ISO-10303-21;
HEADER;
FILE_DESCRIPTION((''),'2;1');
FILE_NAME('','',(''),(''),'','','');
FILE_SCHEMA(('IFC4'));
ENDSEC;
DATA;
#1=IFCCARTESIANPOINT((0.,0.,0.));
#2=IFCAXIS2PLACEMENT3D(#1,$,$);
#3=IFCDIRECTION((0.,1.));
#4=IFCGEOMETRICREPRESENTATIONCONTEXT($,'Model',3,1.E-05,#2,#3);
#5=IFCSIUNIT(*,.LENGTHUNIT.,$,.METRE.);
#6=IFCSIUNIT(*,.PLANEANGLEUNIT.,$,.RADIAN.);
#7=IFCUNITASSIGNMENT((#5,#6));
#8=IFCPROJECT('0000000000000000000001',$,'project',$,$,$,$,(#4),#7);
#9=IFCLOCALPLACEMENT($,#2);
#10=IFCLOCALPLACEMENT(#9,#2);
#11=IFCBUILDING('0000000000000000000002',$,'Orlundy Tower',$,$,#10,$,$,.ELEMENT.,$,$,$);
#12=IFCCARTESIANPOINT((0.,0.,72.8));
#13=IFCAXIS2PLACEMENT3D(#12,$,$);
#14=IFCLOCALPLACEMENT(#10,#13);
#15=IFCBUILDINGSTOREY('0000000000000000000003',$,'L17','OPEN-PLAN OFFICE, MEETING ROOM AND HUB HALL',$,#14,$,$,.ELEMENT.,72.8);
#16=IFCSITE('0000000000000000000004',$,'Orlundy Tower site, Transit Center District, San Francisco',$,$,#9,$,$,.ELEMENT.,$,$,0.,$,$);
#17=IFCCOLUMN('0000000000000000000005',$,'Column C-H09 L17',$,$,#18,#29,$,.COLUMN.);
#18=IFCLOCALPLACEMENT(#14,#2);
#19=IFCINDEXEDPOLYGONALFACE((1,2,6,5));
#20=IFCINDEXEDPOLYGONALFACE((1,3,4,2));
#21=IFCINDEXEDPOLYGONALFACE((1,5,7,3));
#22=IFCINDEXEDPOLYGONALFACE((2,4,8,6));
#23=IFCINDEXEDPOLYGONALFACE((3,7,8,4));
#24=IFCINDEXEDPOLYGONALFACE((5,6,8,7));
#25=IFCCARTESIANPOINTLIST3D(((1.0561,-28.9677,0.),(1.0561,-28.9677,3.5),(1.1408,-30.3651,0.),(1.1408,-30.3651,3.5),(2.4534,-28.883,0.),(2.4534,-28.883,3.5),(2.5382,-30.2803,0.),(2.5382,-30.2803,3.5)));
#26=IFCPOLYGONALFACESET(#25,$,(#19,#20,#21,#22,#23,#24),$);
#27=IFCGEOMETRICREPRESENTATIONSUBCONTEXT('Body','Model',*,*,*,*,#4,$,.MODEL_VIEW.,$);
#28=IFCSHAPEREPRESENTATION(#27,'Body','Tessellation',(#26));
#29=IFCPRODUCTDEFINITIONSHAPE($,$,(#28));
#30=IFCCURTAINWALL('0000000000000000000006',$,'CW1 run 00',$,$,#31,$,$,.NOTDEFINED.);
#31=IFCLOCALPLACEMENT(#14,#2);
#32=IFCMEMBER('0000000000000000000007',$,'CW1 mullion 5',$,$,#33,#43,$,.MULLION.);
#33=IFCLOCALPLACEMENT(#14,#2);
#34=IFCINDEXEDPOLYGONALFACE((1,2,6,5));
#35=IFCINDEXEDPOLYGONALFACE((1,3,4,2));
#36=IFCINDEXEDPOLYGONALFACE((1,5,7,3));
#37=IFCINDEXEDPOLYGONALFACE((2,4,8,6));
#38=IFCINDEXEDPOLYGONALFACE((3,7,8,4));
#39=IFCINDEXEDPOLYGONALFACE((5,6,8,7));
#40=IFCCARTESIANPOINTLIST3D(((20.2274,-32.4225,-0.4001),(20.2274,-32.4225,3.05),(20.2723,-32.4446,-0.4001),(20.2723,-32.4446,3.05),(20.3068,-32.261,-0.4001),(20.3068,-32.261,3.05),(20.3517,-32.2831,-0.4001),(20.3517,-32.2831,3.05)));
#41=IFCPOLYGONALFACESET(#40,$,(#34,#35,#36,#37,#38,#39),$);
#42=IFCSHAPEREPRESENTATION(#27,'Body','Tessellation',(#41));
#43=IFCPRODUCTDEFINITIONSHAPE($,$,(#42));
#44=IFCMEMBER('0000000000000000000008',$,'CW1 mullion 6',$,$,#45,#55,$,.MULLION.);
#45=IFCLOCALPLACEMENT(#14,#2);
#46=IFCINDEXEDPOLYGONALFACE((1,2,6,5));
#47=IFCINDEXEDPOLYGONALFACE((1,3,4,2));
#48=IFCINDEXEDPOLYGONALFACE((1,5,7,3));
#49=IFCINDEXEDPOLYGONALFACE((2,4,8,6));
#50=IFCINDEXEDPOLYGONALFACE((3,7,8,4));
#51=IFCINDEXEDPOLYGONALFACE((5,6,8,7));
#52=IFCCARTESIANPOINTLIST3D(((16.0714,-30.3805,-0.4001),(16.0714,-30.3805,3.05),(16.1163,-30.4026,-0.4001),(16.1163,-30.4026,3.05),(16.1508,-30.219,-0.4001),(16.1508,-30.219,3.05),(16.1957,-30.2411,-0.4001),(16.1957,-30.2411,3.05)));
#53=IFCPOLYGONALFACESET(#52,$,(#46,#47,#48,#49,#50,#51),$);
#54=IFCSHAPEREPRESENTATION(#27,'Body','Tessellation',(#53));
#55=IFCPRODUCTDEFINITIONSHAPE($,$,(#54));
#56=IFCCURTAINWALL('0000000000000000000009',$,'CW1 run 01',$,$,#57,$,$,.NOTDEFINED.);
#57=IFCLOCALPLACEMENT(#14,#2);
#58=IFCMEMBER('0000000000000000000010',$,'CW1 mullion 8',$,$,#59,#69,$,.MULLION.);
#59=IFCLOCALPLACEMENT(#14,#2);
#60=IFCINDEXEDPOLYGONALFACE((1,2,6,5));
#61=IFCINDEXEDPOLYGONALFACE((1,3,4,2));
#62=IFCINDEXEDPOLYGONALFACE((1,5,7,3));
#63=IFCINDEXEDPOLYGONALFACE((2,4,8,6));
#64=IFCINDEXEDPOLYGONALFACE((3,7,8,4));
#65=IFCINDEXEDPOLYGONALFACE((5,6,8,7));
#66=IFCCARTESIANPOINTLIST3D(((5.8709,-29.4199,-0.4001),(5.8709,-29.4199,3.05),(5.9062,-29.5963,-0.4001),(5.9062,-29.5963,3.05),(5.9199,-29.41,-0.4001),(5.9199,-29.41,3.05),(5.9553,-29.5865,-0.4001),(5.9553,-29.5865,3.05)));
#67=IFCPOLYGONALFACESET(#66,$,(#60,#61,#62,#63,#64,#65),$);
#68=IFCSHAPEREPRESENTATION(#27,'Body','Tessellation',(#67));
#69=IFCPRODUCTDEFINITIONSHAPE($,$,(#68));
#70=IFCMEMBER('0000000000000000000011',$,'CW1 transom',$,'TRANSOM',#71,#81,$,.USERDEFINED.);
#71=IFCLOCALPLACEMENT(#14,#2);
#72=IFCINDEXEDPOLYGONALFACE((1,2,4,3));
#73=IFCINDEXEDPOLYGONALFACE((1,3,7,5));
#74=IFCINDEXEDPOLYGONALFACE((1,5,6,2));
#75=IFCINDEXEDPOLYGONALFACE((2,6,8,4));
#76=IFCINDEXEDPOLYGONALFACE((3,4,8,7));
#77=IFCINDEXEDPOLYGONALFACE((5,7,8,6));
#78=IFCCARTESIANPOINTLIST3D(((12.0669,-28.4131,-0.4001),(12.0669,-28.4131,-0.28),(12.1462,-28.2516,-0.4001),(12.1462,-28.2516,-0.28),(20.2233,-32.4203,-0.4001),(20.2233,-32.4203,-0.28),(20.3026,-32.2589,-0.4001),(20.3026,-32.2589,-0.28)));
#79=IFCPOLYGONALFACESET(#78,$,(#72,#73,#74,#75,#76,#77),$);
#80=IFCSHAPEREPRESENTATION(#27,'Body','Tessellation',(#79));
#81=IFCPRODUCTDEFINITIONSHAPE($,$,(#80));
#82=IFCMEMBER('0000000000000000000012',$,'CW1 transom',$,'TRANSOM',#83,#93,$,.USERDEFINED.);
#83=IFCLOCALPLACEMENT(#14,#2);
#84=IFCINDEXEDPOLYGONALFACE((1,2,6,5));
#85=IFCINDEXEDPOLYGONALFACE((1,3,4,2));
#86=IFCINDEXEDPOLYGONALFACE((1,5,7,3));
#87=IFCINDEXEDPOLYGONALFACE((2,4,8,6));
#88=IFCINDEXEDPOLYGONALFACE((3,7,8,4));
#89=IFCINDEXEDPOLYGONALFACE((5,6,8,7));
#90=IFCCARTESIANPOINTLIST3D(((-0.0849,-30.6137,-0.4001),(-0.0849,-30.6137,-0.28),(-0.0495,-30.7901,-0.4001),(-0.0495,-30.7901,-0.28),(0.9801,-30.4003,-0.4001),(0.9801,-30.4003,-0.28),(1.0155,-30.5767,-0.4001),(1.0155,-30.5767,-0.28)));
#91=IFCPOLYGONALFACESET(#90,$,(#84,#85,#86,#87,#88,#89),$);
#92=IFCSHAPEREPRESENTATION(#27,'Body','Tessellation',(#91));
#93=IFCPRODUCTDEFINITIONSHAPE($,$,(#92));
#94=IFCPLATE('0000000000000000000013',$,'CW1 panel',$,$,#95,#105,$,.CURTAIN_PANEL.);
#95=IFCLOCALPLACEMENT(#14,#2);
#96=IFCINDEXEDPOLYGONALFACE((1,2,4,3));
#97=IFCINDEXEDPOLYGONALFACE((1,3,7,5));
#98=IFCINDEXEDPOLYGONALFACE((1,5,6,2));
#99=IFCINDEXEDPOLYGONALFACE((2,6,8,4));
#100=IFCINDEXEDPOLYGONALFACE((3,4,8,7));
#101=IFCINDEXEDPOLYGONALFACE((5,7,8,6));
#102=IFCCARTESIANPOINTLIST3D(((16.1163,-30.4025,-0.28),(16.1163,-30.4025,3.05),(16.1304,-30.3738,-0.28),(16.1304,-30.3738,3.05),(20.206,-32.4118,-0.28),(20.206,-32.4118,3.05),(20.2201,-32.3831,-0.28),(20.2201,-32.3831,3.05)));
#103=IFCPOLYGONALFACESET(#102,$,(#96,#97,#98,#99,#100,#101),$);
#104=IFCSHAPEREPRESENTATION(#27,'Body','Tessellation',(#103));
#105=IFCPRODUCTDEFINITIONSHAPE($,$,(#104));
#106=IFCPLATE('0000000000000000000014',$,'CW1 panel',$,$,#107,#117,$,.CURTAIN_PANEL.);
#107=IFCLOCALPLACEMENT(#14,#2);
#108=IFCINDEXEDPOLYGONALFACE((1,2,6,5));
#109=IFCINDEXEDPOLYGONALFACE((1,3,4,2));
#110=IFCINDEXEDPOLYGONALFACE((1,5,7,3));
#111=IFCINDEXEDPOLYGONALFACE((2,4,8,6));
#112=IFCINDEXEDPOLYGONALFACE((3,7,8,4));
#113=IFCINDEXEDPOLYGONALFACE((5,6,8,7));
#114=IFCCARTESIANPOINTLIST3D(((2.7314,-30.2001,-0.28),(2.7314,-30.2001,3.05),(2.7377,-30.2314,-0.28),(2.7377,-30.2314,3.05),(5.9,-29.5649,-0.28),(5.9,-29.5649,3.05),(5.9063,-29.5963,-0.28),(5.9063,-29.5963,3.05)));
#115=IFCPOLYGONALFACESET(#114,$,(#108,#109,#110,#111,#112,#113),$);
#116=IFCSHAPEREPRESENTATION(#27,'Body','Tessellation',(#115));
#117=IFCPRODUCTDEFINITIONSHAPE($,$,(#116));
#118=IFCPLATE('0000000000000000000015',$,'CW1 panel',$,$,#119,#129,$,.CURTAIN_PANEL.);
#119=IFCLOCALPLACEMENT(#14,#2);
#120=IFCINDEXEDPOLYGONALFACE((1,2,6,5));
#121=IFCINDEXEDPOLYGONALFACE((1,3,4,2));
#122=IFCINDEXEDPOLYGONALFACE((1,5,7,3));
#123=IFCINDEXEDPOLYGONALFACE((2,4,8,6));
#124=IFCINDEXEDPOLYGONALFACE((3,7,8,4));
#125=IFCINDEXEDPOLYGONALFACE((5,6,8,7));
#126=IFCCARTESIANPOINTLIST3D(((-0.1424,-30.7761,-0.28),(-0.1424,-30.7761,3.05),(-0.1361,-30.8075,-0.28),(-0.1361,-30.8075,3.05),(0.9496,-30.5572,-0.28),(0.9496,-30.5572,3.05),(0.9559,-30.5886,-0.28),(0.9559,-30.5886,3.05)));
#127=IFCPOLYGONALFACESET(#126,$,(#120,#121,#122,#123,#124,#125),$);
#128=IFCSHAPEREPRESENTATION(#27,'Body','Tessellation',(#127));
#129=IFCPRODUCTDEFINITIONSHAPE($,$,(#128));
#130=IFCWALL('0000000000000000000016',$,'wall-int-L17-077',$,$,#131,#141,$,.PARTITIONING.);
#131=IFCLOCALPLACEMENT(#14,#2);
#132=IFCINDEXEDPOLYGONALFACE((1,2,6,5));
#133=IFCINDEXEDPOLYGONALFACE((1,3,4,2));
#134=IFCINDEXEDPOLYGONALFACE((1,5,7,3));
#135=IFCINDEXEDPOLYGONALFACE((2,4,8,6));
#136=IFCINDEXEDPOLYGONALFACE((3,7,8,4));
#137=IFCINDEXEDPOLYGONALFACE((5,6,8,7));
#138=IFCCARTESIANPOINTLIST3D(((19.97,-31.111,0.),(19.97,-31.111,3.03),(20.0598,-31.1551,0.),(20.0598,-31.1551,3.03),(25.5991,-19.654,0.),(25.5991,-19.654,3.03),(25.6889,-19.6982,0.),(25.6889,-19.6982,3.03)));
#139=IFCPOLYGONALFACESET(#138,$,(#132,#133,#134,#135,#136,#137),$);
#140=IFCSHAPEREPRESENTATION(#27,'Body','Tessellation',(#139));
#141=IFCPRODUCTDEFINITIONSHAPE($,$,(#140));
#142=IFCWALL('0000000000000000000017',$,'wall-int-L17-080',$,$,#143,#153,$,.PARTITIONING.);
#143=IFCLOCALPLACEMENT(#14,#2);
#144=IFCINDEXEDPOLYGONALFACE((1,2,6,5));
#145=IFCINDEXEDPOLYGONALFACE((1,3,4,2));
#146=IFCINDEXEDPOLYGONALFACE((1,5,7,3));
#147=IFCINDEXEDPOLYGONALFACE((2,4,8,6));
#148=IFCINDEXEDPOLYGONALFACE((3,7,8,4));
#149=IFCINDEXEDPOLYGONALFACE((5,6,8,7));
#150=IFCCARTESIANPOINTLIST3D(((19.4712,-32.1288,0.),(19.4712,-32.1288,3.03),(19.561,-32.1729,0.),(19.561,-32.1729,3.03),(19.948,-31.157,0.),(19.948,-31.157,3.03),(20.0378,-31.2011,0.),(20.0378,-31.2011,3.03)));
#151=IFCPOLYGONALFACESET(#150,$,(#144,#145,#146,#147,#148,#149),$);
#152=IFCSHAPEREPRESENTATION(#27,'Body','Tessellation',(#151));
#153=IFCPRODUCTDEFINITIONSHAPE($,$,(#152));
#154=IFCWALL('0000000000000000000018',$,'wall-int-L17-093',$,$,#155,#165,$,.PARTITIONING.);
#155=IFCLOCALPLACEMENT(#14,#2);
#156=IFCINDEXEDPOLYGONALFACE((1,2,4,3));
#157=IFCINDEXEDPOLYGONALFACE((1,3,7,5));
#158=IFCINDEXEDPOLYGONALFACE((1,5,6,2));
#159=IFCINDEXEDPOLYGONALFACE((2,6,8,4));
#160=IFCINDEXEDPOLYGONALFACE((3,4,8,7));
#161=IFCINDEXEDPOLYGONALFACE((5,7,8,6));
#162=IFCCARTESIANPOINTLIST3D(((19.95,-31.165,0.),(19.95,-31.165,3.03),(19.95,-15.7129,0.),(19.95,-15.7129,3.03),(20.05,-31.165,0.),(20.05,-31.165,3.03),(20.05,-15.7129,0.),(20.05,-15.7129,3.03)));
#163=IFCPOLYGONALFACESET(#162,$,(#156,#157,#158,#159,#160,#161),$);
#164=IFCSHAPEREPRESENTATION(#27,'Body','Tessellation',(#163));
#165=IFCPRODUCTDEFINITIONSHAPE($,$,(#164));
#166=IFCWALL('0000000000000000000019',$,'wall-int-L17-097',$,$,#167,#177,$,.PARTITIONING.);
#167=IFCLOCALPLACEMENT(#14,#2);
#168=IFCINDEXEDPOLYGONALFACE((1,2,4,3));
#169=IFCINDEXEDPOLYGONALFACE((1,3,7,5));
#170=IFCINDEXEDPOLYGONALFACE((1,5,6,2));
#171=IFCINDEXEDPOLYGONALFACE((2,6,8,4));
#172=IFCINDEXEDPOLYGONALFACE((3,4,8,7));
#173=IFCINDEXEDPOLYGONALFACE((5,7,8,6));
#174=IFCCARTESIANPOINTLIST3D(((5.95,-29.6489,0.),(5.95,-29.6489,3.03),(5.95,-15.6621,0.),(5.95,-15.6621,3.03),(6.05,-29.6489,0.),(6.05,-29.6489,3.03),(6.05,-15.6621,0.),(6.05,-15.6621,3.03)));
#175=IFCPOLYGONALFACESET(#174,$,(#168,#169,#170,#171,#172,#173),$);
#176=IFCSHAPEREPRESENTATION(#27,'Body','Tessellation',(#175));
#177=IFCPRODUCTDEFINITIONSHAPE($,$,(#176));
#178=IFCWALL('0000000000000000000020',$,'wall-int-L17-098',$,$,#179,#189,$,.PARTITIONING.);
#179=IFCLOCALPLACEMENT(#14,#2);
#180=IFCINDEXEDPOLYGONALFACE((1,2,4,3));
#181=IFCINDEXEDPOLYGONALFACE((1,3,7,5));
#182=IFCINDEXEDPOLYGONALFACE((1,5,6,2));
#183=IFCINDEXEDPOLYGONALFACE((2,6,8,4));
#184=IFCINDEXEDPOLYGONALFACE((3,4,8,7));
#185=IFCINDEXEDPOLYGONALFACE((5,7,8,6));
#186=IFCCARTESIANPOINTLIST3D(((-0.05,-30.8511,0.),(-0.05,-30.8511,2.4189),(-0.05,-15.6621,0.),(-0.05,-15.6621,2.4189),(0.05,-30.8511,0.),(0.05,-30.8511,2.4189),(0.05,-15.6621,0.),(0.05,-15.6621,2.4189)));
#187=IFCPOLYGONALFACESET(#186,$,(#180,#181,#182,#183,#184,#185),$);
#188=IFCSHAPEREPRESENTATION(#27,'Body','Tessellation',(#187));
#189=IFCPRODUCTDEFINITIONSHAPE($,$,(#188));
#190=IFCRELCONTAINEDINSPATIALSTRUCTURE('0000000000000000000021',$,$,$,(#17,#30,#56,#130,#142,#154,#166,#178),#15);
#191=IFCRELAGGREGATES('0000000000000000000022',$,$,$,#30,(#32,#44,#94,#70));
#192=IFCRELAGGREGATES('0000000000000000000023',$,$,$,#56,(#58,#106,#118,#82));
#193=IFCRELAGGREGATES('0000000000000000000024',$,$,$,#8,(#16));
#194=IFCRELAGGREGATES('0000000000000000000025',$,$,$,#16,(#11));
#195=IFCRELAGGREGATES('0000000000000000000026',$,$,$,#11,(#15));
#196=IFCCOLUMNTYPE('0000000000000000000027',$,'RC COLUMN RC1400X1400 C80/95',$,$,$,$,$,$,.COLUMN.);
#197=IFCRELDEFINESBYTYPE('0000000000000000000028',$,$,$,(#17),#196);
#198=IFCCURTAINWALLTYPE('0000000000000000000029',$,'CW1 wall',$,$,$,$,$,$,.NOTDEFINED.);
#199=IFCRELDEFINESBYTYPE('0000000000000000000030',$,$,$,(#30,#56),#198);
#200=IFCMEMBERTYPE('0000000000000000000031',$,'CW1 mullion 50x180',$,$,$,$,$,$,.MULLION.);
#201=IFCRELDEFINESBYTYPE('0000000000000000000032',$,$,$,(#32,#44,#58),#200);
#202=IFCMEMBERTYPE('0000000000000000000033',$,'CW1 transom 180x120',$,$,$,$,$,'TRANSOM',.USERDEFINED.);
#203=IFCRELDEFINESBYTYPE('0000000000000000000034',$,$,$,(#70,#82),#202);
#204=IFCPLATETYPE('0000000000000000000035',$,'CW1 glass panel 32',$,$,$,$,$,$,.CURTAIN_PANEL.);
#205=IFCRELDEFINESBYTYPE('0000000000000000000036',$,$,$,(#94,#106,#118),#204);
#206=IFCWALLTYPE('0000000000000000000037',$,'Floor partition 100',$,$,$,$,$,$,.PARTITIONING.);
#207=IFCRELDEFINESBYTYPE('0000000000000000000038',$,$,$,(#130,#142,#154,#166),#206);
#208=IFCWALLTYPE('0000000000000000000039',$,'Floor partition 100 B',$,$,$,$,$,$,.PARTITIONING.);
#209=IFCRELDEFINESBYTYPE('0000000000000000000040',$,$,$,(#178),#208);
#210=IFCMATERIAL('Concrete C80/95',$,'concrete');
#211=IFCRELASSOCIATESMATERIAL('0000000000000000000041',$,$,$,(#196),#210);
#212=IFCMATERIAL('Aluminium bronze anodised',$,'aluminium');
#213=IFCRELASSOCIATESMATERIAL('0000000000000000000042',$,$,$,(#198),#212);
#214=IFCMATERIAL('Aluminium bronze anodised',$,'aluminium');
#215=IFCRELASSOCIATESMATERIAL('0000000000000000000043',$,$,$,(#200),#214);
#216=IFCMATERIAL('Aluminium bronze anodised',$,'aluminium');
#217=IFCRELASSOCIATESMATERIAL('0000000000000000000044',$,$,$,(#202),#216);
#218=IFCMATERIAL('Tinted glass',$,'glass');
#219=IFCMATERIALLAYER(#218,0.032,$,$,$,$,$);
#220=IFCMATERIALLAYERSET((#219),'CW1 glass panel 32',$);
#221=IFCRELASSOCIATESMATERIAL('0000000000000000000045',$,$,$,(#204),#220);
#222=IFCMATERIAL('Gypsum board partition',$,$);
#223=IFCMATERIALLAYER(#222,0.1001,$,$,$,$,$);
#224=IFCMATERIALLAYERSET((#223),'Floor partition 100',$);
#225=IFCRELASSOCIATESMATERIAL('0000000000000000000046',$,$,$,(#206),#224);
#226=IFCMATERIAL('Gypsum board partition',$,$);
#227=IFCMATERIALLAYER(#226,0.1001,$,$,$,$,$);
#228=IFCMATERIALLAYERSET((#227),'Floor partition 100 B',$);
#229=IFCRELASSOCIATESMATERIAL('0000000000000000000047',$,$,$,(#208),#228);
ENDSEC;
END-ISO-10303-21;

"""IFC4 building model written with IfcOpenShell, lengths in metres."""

from ifc_helpers import new_model, si_unit, direction, frame, frame_2d, origin, origin_2d, place, context, subcontext, project, spatial, rectangle, extrude, material, layer, layer_set, material_profile, profile_set, type_object, element, aggregate, save


model = new_model("IFC4")

# Units and contexts
model_context = context("Model", 3, precision=1e-05, world=origin(), true_north=direction((0.0, 1.0)))
body_context = subcontext(model_context, "Body", "Model", "MODEL_VIEW")
ifc_project = project(units=[si_unit("LENGTHUNIT", "METRE"), si_unit("PLANEANGLEUNIT", "RADIAN")], contexts=[model_context])

# Site, building, storey
site_placement = place(None, origin())
site = spatial("IfcSite", under=ifc_project, at=site_placement, Name="Orlundy Tower site, Transit Center District, San Francisco", CompositionType="ELEMENT", RefElevation=0.0)
building_placement = place(site_placement, origin())
building = spatial("IfcBuilding", under=site, at=building_placement, Name="Orlundy Tower", CompositionType="ELEMENT")
storey_placement = place(building_placement, frame((0.0, 0.0, 72.8)))
storey = spatial("IfcBuildingStorey", under=building, at=storey_placement, Name="L17", Description="OPEN-PLAN OFFICE, MEETING ROOM AND HUB HALL", CompositionType="ELEMENT", Elevation=72.8)

# Column
ifc_material_1 = material(Name="Concrete C80/95", Category="concrete")
ifc_material_profile_1 = material_profile(ifc_material_1, rectangle(XDim=1.3999, YDim=1.3999, at=origin_2d()), Name="RC1400X1400")
ifc_profile_set_1 = profile_set([ifc_material_profile_1], Name="Concrete C80/95")
column_type = type_object("IfcColumnType", Name="RC COLUMN RC1400X1400 C80/95", PredefinedType="COLUMN", material=ifc_profile_set_1)
column_placement = place(storey_placement, frame((1.7971, -29.624, 0.0), z_axis=(0.0, 0.0, 1.0), x_axis=(0.060543, -0.998166, 0.0)))
element("IfcColumn", 1, at=column_placement, inside=storey, type_object=column_type, Name="Column C-H09 L17", PredefinedType="COLUMN", context=body_context, shape_type="SweptSolid", body=[
    extrude(rectangle(XDim=1.3999, YDim=1.3999, at=origin_2d()), origin(), (0.0, 0.0, 1.0), 3.5),
])

# Curtain wall, members
ifc_material_2 = material(Name="Aluminium bronze anodised", Category="aluminium")
curtain_wall_type = type_object("IfcCurtainWallType", Name="CW1 wall", PredefinedType="NOTDEFINED", material=ifc_material_2)
curtain_wall_1_placement = place(storey_placement, origin())
curtain_wall_1 = element("IfcCurtainWall", 2, at=curtain_wall_1_placement, inside=storey, type_object=curtain_wall_type, Name="CW1 run 00", PredefinedType="NOTDEFINED")
ifc_material_3 = material(Name="Aluminium bronze anodised", Category="aluminium")
ifc_material_profile_2 = material_profile(ifc_material_3, rectangle(XDim=0.1799, YDim=0.05, at=origin_2d()), Name="CW1 mullion 50x180")
ifc_profile_set_2 = profile_set([ifc_material_profile_2], Name="Aluminium bronze anodised")
member_type_1 = type_object("IfcMemberType", Name="CW1 mullion 50x180", PredefinedType="MULLION", material=ifc_profile_set_2)
member_1_placement = place(storey_placement, frame((20.2896, -32.3528, -0.4001), z_axis=(0.0, 0.0, 1.0), x_axis=(-0.440969, -0.897522, 0.0)))
member_1 = element("IfcMember", 3, at=member_1_placement, type_object=member_type_1, Name="CW1 mullion 5", PredefinedType="MULLION", context=body_context, shape_type="SweptSolid", body=[
    extrude(rectangle(XDim=0.1799, YDim=0.05, at=origin_2d()), origin(), (0.0, 0.0, 1.0), 3.4502),
])
member_2_placement = place(storey_placement, frame((16.1335, -30.3108, -0.4001), z_axis=(0.0, 0.0, 1.0), x_axis=(-0.440969, -0.897522, 0.0)))
member_2 = element("IfcMember", 4, at=member_2_placement, type_object=member_type_1, Name="CW1 mullion 6", PredefinedType="MULLION", context=body_context, shape_type="SweptSolid", body=[
    extrude(rectangle(XDim=0.1799, YDim=0.05, at=origin_2d()), origin(), (0.0, 0.0, 1.0), 3.4502),
])

# Curtain wall, member
curtain_wall_2_placement = place(storey_placement, origin())
curtain_wall_2 = element("IfcCurtainWall", 5, at=curtain_wall_2_placement, inside=storey, type_object=curtain_wall_type, Name="CW1 run 01", PredefinedType="NOTDEFINED")
member_3_placement = place(storey_placement, frame((5.9131, -29.5032, -0.4001), z_axis=(0.0, 0.0, 1.0), x_axis=(0.196532, -0.980497, 0.0)))
member_3 = element("IfcMember", 6, at=member_3_placement, type_object=member_type_1, Name="CW1 mullion 8", PredefinedType="MULLION", context=body_context, shape_type="SweptSolid", body=[
    extrude(rectangle(XDim=0.1799, YDim=0.05, at=origin_2d()), origin(), (0.0, 0.0, 1.0), 3.4502),
])

# Members
ifc_material_4 = material(Name="Aluminium bronze anodised", Category="aluminium")
ifc_material_profile_3 = material_profile(ifc_material_4, rectangle(XDim=0.1799, YDim=0.1201, at=origin_2d()), Name="CW1 transom 180x120")
ifc_profile_set_3 = profile_set([ifc_material_profile_3], Name="Aluminium bronze anodised")
member_type_2 = type_object("IfcMemberType", Name="CW1 transom 180x120", ElementType="TRANSOM", PredefinedType="USERDEFINED", material=ifc_profile_set_3)
member_4_placement = place(storey_placement, frame((20.2629, -32.3396, -0.3401), z_axis=(-0.897527, 0.440959, 0.0), x_axis=(-0.440959, -0.897527, 0.0)))
member_4 = element("IfcMember", 7, at=member_4_placement, type_object=member_type_2, Name="CW1 transom", ObjectType="TRANSOM", PredefinedType="USERDEFINED", context=body_context, shape_type="SweptSolid", body=[
    extrude(rectangle(XDim=0.1799, YDim=0.1201, at=origin_2d()), origin(), (0.0, 0.0, 1.0), 9.0876),
])
member_5_placement = place(storey_placement, frame((0.9978, -30.4885, -0.3401), z_axis=(-0.980511, -0.196462, 0.0), x_axis=(0.196462, -0.980511, 0.0)))
member_5 = element("IfcMember", 8, at=member_5_placement, type_object=member_type_2, Name="CW1 transom", ObjectType="TRANSOM", PredefinedType="USERDEFINED", context=body_context, shape_type="SweptSolid", body=[
    extrude(rectangle(XDim=0.1799, YDim=0.1201, at=origin_2d()), origin(), (0.0, 0.0, 1.0), 1.0862),
])

# Plates
ifc_material_5 = material(Name="Tinted glass", Category="glass")
ifc_layer_1 = layer(ifc_material_5, 0.032)
ifc_layer_set_1 = layer_set([ifc_layer_1], Name="CW1 glass panel 32")
plate_type = type_object("IfcPlateType", Name="CW1 glass panel 32", PredefinedType="CURTAIN_PANEL", material=ifc_layer_set_1)
plate_1_placement = place(storey_placement, frame((18.1682, -31.3928, -0.28), z_axis=(0.0, 0.0, 1.0), x_axis=(-0.897522, 0.440969, 0.0)))
plate_1 = element("IfcPlate", 9, at=plate_1_placement, type_object=plate_type, Name="CW1 panel", PredefinedType="CURTAIN_PANEL", context=body_context, shape_type="SweptSolid", body=[
    extrude(rectangle(XDim=4.5566, YDim=0.032, at=origin_2d()), origin(), (0.0, 0.0, 1.0), 3.3301),
])
aggregate(curtain_wall_1, [member_1, member_2, plate_1, member_4])
plate_2_placement = place(storey_placement, frame((4.3188, -29.8982, -0.28), z_axis=(0.0, 0.0, 1.0), x_axis=(-0.980497, -0.196532, 0.0)))
plate_2 = element("IfcPlate", 10, at=plate_2_placement, type_object=plate_type, Name="CW1 panel", PredefinedType="CURTAIN_PANEL", context=body_context, shape_type="SweptSolid", body=[
    extrude(rectangle(XDim=3.2317, YDim=0.032, at=origin_2d()), origin(), (0.0, 0.0, 1.0), 3.3301),
])
plate_3_placement = place(storey_placement, frame((0.4067, -30.6824, -0.28), z_axis=(0.0, 0.0, 1.0), x_axis=(-0.980497, -0.196532, 0.0)))
plate_3 = element("IfcPlate", 11, at=plate_3_placement, type_object=plate_type, Name="CW1 panel", PredefinedType="CURTAIN_PANEL", context=body_context, shape_type="SweptSolid", body=[
    extrude(rectangle(XDim=1.1138, YDim=0.032, at=origin_2d()), origin(), (0.0, 0.0, 1.0), 3.3301),
])
aggregate(curtain_wall_2, [member_3, plate_2, plate_3, member_5])

# Walls
ifc_material_6 = material(Name="Gypsum board partition")
ifc_layer_2 = layer(ifc_material_6, 0.1001)
ifc_layer_set_2 = layer_set([ifc_layer_2], Name="Floor partition 100")
wall_type_1 = type_object("IfcWallType", Name="Floor partition 100", PredefinedType="PARTITIONING", material=ifc_layer_set_2)
wall_1_placement = place(storey_placement, frame((20.0149, -31.1331, 0.0), z_axis=(0.0, 0.0, 1.0), x_axis=(0.440976, 0.897519, 0.0)))
element("IfcWall", 12, at=wall_1_placement, inside=storey, type_object=wall_type_1, Name="wall-int-L17-077", PredefinedType="PARTITIONING", context=body_context, shape_type="SweptSolid", body=[
    extrude(rectangle(XDim=12.7651, YDim=0.1001, at=frame_2d((6.3826, 0.0))), origin(), (0.0, 0.0, 1.0), 3.03),
])
wall_2_placement = place(storey_placement, frame((19.5161, -32.1509, 0.0), z_axis=(0.0, 0.0, 1.0), x_axis=(0.440435, 0.897784, 0.0)))
element("IfcWall", 13, at=wall_2_placement, inside=storey, type_object=wall_type_1, Name="wall-int-L17-080", PredefinedType="PARTITIONING", context=body_context, shape_type="SweptSolid", body=[
    extrude(rectangle(XDim=1.0825, YDim=0.1001, at=frame_2d((0.5413, 0.0))), origin(), (0.0, 0.0, 1.0), 3.03),
])
wall_3_placement = place(storey_placement, frame((20.0, -31.165, 0.0), z_axis=(0.0, 0.0, 1.0), x_axis=(0.0, 1.0, 0.0)))
element("IfcWall", 14, at=wall_3_placement, inside=storey, type_object=wall_type_1, Name="wall-int-L17-093", PredefinedType="PARTITIONING", context=body_context, shape_type="SweptSolid", body=[
    extrude(rectangle(XDim=15.4521, YDim=0.1001, at=frame_2d((7.7261, 0.0))), origin(), (0.0, 0.0, 1.0), 3.03),
])
wall_4_placement = place(storey_placement, frame((6.0, -29.6489, 0.0), z_axis=(0.0, 0.0, 1.0), x_axis=(0.0, 1.0, 0.0)))
element("IfcWall", 15, at=wall_4_placement, inside=storey, type_object=wall_type_1, Name="wall-int-L17-097", PredefinedType="PARTITIONING", context=body_context, shape_type="SweptSolid", body=[
    extrude(rectangle(XDim=13.9868, YDim=0.1001, at=frame_2d((6.9934, 0.0))), origin(), (0.0, 0.0, 1.0), 3.03),
])
ifc_material_7 = material(Name="Gypsum board partition")
ifc_layer_3 = layer(ifc_material_7, 0.1001)
ifc_layer_set_3 = layer_set([ifc_layer_3], Name="Floor partition 100 B")
wall_type_2 = type_object("IfcWallType", Name="Floor partition 100 B", PredefinedType="PARTITIONING", material=ifc_layer_set_3)
wall_5_placement = place(storey_placement, frame((0.0, -30.8511, 0.0), z_axis=(0.0, 0.0, 1.0), x_axis=(0.0, 1.0, 0.0)))
element("IfcWall", 16, at=wall_5_placement, inside=storey, type_object=wall_type_2, Name="wall-int-L17-098", PredefinedType="PARTITIONING", context=body_context, shape_type="SweptSolid", body=[
    extrude(rectangle(XDim=15.189, YDim=0.1001, at=frame_2d((7.5945, 0.0))), origin(), (0.0, 0.0, 1.0), 2.4189),
])

save(model, "model.ifc")
